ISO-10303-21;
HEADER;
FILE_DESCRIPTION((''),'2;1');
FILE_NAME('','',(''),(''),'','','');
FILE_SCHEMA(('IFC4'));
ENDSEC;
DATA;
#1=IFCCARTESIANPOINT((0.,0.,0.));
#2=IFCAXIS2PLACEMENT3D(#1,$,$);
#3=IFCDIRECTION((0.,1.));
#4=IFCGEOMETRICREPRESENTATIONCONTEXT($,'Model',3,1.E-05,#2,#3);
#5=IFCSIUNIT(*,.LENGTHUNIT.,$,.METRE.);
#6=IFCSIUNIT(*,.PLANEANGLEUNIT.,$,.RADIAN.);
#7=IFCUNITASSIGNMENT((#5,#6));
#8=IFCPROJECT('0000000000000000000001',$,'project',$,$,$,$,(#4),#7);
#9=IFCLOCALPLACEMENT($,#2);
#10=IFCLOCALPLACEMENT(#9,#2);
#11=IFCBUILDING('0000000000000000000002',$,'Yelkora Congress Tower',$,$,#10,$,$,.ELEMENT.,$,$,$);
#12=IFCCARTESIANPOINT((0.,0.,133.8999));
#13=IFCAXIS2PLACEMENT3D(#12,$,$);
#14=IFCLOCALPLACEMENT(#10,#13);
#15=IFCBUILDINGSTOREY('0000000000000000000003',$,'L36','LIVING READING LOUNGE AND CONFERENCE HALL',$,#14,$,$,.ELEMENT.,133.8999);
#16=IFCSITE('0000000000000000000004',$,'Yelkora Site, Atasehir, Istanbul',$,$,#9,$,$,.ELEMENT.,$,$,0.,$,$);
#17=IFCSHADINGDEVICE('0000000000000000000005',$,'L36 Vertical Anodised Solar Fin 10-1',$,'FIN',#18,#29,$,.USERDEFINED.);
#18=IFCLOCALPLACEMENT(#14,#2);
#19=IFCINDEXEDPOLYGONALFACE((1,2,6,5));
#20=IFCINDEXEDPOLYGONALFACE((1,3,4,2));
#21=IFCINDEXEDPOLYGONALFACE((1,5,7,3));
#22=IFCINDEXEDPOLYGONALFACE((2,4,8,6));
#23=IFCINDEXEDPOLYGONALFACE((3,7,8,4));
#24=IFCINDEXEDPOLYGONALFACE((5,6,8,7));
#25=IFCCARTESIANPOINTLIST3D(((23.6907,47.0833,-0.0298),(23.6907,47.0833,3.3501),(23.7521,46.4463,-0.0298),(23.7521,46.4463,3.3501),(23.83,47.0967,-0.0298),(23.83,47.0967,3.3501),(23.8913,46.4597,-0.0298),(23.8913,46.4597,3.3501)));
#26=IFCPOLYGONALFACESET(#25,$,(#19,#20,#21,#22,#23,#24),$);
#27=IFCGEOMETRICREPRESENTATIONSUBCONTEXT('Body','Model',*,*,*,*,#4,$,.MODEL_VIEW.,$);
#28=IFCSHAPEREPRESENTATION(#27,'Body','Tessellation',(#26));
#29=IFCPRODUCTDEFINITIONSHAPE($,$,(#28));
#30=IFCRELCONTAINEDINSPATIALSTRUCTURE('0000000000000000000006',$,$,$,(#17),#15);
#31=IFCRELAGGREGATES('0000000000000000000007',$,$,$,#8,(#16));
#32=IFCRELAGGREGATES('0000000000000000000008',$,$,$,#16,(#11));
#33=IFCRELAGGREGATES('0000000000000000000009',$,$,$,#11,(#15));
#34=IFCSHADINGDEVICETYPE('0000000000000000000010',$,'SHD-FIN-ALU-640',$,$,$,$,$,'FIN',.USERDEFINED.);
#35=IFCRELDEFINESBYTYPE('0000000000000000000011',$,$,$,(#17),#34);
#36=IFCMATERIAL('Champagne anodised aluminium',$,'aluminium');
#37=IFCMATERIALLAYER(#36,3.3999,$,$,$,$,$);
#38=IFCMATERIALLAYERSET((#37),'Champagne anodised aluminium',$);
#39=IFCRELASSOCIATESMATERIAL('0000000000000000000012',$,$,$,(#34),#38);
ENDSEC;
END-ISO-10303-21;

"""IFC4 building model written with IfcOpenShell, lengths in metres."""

from ifc_helpers import new_model, si_unit, direction, frame, origin, origin_2d, place, context, subcontext, project, spatial, rectangle, extrude, material, layer, layer_set, type_object, element, save


model = new_model("IFC4")

# Units and contexts
model_context = context("Model", 3, precision=1e-05, world=origin(), true_north=direction((0.0, 1.0)))
body_context = subcontext(model_context, "Body", "Model", "MODEL_VIEW")
ifc_project = project(units=[si_unit("LENGTHUNIT", "METRE"), si_unit("PLANEANGLEUNIT", "RADIAN")], contexts=[model_context])

# Site, building, storey
site_placement = place(None, origin())
site = spatial("IfcSite", under=ifc_project, at=site_placement, Name="Yelkora Site, Atasehir, Istanbul", CompositionType="ELEMENT", RefElevation=0.0)
building_placement = place(site_placement, origin())
building = spatial("IfcBuilding", under=site, at=building_placement, Name="Yelkora Congress Tower", CompositionType="ELEMENT")
storey_placement = place(building_placement, frame((0.0, 0.0, 133.8999)))
storey = spatial("IfcBuildingStorey", under=building, at=storey_placement, Name="L36", Description="LIVING READING LOUNGE AND CONFERENCE HALL", CompositionType="ELEMENT", Elevation=133.8999)

# Shading device
ifc_material_1 = material(Name="Champagne anodised aluminium", Category="aluminium")
ifc_layer_1 = layer(ifc_material_1, 3.3999)
ifc_layer_set_1 = layer_set([ifc_layer_1], Name="Champagne anodised aluminium")
shading_device_type = type_object("IfcShadingDeviceType", Name="SHD-FIN-ALU-640", ElementType="FIN", PredefinedType="USERDEFINED", material=ifc_layer_set_1)
shading_device_placement = place(storey_placement, frame((23.791, 46.7715, -0.0298), z_axis=(0.0, 0.0, 1.0), x_axis=(0.995396, 0.095846, 0.0)))
element("IfcShadingDevice", 1, at=shading_device_placement, inside=storey, type_object=shading_device_type, Name="L36 Vertical Anodised Solar Fin 10-1", ObjectType="FIN", PredefinedType="USERDEFINED", context=body_context, shape_type="SweptSolid", body=[
    extrude(rectangle(XDim=0.1399, YDim=0.6399, at=origin_2d()), origin(), (0.0, 0.0, 1.0), 3.3799),
])

save(model, "model.ifc")
